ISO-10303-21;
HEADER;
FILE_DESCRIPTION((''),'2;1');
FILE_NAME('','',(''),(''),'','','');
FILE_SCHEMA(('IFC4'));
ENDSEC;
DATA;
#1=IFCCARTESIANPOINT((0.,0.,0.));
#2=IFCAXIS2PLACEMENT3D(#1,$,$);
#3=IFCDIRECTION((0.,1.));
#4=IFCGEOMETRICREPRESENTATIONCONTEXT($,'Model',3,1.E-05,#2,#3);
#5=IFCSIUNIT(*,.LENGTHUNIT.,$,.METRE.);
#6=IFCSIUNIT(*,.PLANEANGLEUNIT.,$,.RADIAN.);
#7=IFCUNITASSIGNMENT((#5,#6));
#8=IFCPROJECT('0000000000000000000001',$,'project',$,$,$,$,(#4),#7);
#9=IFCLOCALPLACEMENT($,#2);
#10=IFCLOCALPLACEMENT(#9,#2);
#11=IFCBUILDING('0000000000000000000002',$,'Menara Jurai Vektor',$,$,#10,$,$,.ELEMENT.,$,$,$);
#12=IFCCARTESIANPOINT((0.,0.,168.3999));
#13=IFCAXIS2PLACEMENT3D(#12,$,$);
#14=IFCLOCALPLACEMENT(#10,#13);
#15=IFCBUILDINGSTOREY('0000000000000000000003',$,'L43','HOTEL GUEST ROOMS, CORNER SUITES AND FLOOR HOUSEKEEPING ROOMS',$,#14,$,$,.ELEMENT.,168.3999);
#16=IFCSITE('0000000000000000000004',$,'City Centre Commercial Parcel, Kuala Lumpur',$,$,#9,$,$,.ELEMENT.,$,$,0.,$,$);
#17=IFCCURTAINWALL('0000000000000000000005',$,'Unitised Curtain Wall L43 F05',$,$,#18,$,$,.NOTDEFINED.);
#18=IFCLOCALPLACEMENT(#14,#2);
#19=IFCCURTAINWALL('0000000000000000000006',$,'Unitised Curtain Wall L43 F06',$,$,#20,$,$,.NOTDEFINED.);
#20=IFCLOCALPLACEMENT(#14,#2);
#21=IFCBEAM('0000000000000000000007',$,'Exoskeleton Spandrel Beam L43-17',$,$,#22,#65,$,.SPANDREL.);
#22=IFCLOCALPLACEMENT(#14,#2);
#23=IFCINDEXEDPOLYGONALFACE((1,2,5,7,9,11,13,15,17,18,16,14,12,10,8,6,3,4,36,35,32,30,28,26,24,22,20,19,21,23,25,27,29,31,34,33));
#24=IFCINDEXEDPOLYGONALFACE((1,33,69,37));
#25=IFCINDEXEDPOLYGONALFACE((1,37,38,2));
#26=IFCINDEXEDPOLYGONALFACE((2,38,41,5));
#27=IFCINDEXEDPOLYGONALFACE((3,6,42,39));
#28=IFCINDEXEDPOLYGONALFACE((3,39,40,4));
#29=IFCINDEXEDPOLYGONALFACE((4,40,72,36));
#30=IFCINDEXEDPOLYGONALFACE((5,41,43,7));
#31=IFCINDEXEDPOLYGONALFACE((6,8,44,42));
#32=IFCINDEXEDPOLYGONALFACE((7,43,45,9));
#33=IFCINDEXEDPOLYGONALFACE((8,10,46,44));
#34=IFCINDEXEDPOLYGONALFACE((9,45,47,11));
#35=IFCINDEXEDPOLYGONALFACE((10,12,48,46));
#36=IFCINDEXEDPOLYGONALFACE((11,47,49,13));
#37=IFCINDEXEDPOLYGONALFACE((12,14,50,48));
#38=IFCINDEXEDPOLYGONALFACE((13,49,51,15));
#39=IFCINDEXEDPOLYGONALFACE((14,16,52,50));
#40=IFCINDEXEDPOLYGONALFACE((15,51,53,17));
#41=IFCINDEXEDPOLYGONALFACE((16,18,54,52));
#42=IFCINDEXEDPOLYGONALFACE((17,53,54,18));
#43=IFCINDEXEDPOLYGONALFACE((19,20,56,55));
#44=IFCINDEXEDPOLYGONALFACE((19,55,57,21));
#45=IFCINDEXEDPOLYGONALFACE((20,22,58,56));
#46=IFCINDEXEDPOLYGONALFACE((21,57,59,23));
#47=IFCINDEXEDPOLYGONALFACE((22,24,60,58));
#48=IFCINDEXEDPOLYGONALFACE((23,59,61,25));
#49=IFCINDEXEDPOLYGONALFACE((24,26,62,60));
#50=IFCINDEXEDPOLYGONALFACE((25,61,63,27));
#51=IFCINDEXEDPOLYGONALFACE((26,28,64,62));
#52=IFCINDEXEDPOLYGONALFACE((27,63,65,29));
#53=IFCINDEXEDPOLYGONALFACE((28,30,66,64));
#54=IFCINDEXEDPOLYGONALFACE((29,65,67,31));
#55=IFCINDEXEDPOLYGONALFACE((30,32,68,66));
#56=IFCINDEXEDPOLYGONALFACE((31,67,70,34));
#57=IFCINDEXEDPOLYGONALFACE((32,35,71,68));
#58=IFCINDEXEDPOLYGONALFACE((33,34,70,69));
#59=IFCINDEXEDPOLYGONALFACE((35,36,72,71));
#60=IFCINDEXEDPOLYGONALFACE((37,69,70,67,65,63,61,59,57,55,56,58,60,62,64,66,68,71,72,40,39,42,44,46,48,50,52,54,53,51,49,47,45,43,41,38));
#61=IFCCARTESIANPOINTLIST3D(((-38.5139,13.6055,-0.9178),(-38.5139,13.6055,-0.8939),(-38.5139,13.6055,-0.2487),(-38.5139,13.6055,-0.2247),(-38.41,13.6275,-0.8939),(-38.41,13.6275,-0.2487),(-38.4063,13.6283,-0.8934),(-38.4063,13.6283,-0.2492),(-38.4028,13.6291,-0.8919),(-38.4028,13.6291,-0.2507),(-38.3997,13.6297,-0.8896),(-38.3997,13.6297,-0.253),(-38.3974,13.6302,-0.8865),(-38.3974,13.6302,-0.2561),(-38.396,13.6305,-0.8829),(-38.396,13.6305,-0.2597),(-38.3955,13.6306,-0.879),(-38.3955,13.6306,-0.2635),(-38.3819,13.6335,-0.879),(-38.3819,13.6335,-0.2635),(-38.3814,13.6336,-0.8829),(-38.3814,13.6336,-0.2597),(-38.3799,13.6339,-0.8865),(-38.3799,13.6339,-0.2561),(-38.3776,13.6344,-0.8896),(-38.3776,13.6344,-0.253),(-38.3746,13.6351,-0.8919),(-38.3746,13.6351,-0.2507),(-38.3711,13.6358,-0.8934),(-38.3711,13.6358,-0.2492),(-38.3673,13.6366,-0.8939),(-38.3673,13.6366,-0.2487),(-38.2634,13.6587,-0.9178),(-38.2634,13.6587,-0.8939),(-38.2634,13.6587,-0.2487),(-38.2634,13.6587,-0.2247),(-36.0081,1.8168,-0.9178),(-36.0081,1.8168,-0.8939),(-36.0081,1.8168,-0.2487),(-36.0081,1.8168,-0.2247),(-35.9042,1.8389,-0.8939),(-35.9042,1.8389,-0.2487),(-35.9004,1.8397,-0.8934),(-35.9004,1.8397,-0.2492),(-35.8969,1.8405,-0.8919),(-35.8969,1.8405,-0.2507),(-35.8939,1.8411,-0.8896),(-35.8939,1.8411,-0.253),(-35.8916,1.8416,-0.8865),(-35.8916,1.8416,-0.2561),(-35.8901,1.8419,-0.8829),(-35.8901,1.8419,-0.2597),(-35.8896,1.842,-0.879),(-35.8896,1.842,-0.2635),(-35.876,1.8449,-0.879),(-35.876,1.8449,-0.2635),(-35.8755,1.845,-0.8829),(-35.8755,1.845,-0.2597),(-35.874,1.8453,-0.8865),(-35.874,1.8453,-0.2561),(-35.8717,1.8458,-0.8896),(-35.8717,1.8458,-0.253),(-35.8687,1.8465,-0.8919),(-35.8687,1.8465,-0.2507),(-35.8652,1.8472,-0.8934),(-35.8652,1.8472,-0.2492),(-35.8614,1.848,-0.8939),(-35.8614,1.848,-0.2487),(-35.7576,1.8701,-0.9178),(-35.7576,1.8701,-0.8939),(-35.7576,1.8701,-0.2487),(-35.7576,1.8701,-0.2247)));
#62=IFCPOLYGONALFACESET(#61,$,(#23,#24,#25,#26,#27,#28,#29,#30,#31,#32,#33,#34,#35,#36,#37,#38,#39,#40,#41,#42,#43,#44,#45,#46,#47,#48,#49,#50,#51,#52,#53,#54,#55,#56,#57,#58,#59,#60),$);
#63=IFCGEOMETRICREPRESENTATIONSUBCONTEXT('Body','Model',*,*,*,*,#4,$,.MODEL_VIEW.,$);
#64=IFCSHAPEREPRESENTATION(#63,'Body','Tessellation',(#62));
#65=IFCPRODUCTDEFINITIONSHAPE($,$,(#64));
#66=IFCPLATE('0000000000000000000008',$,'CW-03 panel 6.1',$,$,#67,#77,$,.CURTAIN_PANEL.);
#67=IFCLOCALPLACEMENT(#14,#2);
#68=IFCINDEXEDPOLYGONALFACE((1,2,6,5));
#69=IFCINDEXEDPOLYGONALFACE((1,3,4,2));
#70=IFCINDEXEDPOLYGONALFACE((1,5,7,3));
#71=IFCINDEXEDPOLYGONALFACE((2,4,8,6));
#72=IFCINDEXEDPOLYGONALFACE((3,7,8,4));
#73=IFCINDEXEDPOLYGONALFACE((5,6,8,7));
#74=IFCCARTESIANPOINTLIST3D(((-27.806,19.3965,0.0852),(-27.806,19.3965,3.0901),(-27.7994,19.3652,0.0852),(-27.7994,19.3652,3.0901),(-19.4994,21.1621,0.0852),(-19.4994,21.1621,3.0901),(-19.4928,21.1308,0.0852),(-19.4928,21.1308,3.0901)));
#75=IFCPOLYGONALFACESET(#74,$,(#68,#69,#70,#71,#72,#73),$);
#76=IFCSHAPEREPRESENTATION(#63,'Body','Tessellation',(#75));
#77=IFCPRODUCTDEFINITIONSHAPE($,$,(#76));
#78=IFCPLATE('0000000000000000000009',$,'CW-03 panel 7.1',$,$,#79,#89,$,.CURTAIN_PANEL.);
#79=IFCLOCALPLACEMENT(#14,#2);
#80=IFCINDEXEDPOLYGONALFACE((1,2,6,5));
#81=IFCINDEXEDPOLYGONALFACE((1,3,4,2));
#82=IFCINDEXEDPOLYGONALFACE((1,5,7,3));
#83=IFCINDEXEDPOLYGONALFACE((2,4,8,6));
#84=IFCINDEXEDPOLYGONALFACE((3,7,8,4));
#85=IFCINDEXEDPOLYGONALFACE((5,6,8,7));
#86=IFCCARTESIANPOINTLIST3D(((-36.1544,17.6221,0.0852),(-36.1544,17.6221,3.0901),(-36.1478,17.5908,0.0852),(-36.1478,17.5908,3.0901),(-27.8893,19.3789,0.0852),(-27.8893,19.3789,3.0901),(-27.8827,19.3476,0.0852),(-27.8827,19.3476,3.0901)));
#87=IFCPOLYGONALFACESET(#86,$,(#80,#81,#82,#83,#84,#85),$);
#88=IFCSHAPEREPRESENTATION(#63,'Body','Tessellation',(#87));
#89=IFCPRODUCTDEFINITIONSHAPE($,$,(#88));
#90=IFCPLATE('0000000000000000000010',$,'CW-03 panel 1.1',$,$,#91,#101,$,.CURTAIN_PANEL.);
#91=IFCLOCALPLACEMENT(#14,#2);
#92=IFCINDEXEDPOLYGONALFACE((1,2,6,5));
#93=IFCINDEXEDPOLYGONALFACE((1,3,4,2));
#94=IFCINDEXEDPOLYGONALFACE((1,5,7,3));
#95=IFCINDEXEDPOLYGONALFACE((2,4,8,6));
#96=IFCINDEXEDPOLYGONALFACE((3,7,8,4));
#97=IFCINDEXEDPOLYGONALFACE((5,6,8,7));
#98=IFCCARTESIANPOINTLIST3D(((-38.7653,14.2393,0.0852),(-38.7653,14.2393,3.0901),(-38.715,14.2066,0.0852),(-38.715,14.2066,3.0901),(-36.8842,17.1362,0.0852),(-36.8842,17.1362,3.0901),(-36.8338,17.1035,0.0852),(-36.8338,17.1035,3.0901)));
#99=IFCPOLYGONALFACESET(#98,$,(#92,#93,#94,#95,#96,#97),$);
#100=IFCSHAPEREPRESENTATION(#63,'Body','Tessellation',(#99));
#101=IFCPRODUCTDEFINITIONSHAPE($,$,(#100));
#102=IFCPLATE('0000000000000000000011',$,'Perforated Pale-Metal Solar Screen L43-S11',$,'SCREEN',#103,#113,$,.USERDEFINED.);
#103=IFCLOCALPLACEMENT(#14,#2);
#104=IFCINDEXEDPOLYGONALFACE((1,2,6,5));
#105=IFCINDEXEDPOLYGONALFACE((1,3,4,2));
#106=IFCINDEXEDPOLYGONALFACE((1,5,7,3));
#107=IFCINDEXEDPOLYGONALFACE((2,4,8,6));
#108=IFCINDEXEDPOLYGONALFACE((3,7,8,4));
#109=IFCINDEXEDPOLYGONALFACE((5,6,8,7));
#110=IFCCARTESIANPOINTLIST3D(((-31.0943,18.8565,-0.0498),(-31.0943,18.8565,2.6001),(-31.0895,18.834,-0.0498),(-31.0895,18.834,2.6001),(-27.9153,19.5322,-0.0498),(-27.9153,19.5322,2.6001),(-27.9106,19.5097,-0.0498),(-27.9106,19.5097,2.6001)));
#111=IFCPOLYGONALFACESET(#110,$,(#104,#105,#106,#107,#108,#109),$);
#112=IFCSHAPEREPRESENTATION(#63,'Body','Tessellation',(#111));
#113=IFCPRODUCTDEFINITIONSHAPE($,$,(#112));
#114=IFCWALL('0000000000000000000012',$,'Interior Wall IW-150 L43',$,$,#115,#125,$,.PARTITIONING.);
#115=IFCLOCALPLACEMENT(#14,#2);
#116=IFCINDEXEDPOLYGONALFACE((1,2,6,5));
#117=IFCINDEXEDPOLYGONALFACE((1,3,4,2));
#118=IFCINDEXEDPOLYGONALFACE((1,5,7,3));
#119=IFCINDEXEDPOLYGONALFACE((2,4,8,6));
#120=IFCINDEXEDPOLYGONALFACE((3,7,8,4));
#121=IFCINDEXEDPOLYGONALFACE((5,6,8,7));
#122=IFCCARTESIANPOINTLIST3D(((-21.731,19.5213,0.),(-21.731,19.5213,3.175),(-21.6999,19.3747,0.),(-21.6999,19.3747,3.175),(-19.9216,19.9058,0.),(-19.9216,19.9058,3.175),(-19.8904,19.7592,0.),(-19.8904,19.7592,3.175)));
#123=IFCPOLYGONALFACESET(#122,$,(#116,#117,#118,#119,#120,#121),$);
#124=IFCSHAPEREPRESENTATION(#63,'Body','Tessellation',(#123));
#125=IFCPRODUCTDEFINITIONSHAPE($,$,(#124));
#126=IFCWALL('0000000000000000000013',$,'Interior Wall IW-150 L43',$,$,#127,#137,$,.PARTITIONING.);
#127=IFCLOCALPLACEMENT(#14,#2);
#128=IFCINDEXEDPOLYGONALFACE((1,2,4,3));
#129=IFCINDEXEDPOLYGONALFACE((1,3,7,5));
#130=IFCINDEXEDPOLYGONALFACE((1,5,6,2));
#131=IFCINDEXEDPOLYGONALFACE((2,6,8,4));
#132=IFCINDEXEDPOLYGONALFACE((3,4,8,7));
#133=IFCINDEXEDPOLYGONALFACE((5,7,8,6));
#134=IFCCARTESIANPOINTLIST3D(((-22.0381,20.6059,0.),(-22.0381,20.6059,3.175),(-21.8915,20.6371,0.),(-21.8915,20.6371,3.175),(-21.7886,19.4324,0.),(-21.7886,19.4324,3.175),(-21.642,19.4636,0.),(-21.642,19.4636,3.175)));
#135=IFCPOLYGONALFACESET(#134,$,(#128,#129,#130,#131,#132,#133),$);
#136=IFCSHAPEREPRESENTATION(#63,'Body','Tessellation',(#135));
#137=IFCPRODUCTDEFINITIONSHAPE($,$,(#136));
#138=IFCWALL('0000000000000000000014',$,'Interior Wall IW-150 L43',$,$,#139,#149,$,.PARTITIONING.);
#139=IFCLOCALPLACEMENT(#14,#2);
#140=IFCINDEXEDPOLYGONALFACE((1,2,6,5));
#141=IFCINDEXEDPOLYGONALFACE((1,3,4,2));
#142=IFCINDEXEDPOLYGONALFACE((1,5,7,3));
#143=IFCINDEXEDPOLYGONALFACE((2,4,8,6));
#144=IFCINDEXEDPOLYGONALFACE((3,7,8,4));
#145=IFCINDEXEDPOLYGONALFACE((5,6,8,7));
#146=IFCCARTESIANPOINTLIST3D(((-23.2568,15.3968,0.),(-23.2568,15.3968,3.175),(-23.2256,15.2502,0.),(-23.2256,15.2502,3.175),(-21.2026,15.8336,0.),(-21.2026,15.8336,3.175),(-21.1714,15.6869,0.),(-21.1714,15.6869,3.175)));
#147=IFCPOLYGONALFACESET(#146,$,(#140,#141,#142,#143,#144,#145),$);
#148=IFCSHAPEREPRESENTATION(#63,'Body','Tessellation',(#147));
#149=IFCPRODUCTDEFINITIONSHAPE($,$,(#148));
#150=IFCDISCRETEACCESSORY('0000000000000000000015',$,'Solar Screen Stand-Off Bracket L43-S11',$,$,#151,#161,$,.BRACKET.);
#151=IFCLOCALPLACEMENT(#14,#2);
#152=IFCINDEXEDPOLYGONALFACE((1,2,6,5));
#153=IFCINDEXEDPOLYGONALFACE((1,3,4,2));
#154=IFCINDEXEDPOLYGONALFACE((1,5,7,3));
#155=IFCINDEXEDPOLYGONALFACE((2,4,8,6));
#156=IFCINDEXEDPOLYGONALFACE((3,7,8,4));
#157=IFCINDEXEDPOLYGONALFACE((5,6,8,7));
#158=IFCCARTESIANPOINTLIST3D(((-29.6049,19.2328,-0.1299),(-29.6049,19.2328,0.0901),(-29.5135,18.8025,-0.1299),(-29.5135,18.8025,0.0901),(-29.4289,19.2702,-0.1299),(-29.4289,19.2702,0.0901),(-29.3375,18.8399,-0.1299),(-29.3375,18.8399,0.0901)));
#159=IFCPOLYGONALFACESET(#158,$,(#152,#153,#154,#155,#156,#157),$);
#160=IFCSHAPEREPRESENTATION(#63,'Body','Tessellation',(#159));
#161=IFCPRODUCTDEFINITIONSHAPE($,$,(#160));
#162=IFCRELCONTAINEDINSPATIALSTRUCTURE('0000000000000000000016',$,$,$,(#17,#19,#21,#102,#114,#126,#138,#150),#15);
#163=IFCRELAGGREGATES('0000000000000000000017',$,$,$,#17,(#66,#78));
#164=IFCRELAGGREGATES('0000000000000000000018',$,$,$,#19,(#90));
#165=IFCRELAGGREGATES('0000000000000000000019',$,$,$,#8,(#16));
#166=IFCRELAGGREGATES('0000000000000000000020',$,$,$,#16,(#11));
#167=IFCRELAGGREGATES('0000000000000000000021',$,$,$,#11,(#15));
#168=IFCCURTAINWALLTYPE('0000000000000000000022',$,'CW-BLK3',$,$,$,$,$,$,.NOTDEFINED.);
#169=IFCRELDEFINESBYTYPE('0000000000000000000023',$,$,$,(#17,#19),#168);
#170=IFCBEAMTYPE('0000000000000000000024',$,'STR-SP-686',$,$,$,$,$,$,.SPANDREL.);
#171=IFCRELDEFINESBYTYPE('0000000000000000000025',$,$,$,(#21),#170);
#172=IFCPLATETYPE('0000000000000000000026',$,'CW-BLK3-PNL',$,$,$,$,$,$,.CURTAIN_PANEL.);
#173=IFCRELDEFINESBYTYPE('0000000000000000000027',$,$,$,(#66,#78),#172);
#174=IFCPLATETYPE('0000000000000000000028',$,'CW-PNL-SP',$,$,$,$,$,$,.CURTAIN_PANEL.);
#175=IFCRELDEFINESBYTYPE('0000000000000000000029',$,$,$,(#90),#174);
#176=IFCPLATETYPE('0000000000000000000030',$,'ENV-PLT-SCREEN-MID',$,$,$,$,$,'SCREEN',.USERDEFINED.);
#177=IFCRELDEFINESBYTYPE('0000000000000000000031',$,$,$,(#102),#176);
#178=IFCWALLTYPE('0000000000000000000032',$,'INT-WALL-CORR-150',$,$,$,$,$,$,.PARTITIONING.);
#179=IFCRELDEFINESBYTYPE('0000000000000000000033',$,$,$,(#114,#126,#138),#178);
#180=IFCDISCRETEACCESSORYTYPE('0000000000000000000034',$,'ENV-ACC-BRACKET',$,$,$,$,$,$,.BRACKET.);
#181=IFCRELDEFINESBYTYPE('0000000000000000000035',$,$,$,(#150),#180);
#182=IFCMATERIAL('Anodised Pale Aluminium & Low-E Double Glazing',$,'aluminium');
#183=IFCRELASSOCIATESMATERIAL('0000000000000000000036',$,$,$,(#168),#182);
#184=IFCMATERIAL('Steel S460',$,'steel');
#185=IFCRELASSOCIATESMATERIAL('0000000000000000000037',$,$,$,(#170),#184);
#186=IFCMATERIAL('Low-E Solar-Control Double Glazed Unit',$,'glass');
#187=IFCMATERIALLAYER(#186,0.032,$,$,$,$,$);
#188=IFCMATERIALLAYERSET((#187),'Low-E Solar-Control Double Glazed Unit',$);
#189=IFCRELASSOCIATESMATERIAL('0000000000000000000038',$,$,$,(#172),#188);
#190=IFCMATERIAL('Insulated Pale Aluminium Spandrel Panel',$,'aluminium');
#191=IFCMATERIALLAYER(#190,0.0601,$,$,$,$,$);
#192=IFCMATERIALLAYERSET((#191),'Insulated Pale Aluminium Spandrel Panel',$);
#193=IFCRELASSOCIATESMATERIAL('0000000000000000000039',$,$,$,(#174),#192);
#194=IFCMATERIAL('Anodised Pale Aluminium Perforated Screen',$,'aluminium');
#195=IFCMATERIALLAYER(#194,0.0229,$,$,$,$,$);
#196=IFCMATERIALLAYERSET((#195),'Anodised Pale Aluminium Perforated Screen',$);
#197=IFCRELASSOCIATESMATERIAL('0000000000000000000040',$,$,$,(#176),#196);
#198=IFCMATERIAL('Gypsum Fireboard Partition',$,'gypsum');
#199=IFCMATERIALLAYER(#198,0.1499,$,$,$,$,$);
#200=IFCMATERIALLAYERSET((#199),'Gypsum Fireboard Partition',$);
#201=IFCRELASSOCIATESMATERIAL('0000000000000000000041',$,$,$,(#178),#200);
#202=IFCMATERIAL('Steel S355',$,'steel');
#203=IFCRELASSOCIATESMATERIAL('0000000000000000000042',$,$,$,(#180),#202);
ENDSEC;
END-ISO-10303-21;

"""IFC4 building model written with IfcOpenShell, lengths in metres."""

from ifc_helpers import new_model, si_unit, direction, frame, frame_2d, origin, origin_2d, place, context, subcontext, project, spatial, rectangle, i_section, extrude, material, layer, layer_set, material_profile, profile_set, type_object, element, aggregate, save


model = new_model("IFC4")

# Units and contexts
model_context = context("Model", 3, precision=1e-05, world=origin(), true_north=direction((0.0, 1.0)))
body_context = subcontext(model_context, "Body", "Model", "MODEL_VIEW")
ifc_project = project(units=[si_unit("LENGTHUNIT", "METRE"), si_unit("PLANEANGLEUNIT", "RADIAN")], contexts=[model_context])

# Site, building, storey
site_placement = place(None, origin())
site = spatial("IfcSite", under=ifc_project, at=site_placement, Name="City Centre Commercial Parcel, Kuala Lumpur", CompositionType="ELEMENT", RefElevation=0.0)
building_placement = place(site_placement, origin())
building = spatial("IfcBuilding", under=site, at=building_placement, Name="Menara Jurai Vektor", CompositionType="ELEMENT")
storey_placement = place(building_placement, frame((0.0, 0.0, 168.3999)))
storey = spatial("IfcBuildingStorey", under=building, at=storey_placement, Name="L43", Description="HOTEL GUEST ROOMS, CORNER SUITES AND FLOOR HOUSEKEEPING ROOMS", CompositionType="ELEMENT", Elevation=168.3999)

# Shared definitions
ifc_material_1 = material(Name="Steel S460", Category="steel")

# Curtain walls
ifc_material_2 = material(Name="Anodised Pale Aluminium & Low-E Double Glazing", Category="aluminium")
curtain_wall_type = type_object("IfcCurtainWallType", Name="CW-BLK3", PredefinedType="NOTDEFINED", material=ifc_material_2)
curtain_wall_1_placement = place(storey_placement, origin())
curtain_wall_1 = element("IfcCurtainWall", 1, at=curtain_wall_1_placement, inside=storey, type_object=curtain_wall_type, Name="Unitised Curtain Wall L43 F05", PredefinedType="NOTDEFINED")
curtain_wall_2_placement = place(storey_placement, origin())
curtain_wall_2 = element("IfcCurtainWall", 2, at=curtain_wall_2_placement, inside=storey, type_object=curtain_wall_type, Name="Unitised Curtain Wall L43 F06", PredefinedType="NOTDEFINED")

# Shared definitions
ifc_material_3 = material(Name="Steel S355", Category="steel")

# Beam
ifc_material_profile_1 = material_profile(ifc_material_1, i_section(OverallWidth=0.2561, OverallDepth=0.6931, WebThickness=0.0139, FlangeThickness=0.0239, FilletRadius=0.0149, at=origin_2d()), Name="UKB 686x254x170")
ifc_profile_set_1 = profile_set([ifc_material_profile_1], Name="Steel S460")
beam_type_1 = type_object("IfcBeamType", Name="STR-SP-686", PredefinedType="SPANDREL", material=ifc_profile_set_1)
beam_1_placement = place(storey_placement, frame((-38.3887, 13.6321, -0.5713), z_axis=(0.207921, -0.978146, 0.0), x_axis=(0.978146, 0.207921, 0.0)))
element("IfcBeam", 3, at=beam_1_placement, inside=storey, type_object=beam_type_1, Name="Exoskeleton Spandrel Beam L43-17", PredefinedType="SPANDREL", context=body_context, shape_type="SweptSolid", body=[
    extrude(i_section(OverallWidth=0.2561, OverallDepth=0.6931, WebThickness=0.0139, FlangeThickness=0.0239, FilletRadius=0.0149, at=origin_2d()), origin(), (0.0, 0.0, 1.0), 12.052),
])

# Plates
ifc_material_4 = material(Name="Low-E Solar-Control Double Glazed Unit", Category="glass")
ifc_layer_1 = layer(ifc_material_4, 0.032)
ifc_layer_set_1 = layer_set([ifc_layer_1], Name="Low-E Solar-Control Double Glazed Unit")
plate_type_1 = type_object("IfcPlateType", Name="CW-BLK3-PNL", PredefinedType="CURTAIN_PANEL", material=ifc_layer_set_1)
plate_1_placement = place(storey_placement, frame((-23.6494, 20.2637, 0.0852), z_axis=(0.0, 0.0, 1.0), x_axis=(-0.978148, -0.207911, 0.0)))
plate_1 = element("IfcPlate", 4, at=plate_1_placement, type_object=plate_type_1, Name="CW-03 panel 6.1", PredefinedType="CURTAIN_PANEL", context=body_context, shape_type="SweptSolid", body=[
    extrude(rectangle(XDim=8.4922, YDim=0.032, at=origin_2d()), origin(), (0.0, 0.0, 1.0), 3.0049),
])
plate_2_placement = place(storey_placement, frame((-32.0186, 18.4849, 0.0852), z_axis=(0.0, 0.0, 1.0), x_axis=(-0.978148, -0.207911, 0.0)))
plate_2 = element("IfcPlate", 5, at=plate_2_placement, type_object=plate_type_1, Name="CW-03 panel 7.1", PredefinedType="CURTAIN_PANEL", context=body_context, shape_type="SweptSolid", body=[
    extrude(rectangle(XDim=8.4497, YDim=0.032, at=origin_2d()), origin(), (0.0, 0.0, 1.0), 3.0049),
])
aggregate(curtain_wall_1, [plate_1, plate_2])
ifc_material_5 = material(Name="Insulated Pale Aluminium Spandrel Panel", Category="aluminium")
ifc_layer_2 = layer(ifc_material_5, 0.0601)
ifc_layer_set_2 = layer_set([ifc_layer_2], Name="Insulated Pale Aluminium Spandrel Panel")
plate_type_2 = type_object("IfcPlateType", Name="CW-PNL-SP", PredefinedType="CURTAIN_PANEL", material=ifc_layer_set_2)
plate_3_placement = place(storey_placement, frame((-37.7996, 15.6714, 0.0852), z_axis=(0.0, 0.0, 1.0), x_axis=(-0.544618, -0.838684, 0.0)))
plate_3 = element("IfcPlate", 6, at=plate_3_placement, type_object=plate_type_2, Name="CW-03 panel 1.1", PredefinedType="CURTAIN_PANEL", context=body_context, shape_type="SweptSolid", body=[
    extrude(rectangle(XDim=3.4541, YDim=0.0601, at=origin_2d()), origin(), (0.0, 0.0, 1.0), 3.0049),
])
aggregate(curtain_wall_2, [plate_3])
ifc_material_6 = material(Name="Anodised Pale Aluminium Perforated Screen", Category="aluminium")
ifc_layer_3 = layer(ifc_material_6, 0.0229)
ifc_layer_set_3 = layer_set([ifc_layer_3], Name="Anodised Pale Aluminium Perforated Screen")
plate_type_3 = type_object("IfcPlateType", Name="ENV-PLT-SCREEN-MID", ElementType="SCREEN", PredefinedType="USERDEFINED", material=ifc_layer_set_3)
plate_4_placement = place(storey_placement, frame((-29.5024, 19.1831, -0.0498), z_axis=(0.0, 0.0, 1.0), x_axis=(-0.978148, -0.207912, 0.0)))
element("IfcPlate", 7, at=plate_4_placement, inside=storey, type_object=plate_type_3, Name="Perforated Pale-Metal Solar Screen L43-S11", ObjectType="SCREEN", PredefinedType="USERDEFINED", context=body_context, shape_type="SweptSolid", body=[
    extrude(rectangle(XDim=3.25, YDim=0.0229, at=origin_2d()), origin(), (0.0, 0.0, 1.0), 2.6499),
])

# Wall
ifc_material_7 = material(Name="Gypsum Fireboard Partition", Category="gypsum")
ifc_layer_4 = layer(ifc_material_7, 0.1499)
ifc_layer_set_4 = layer_set([ifc_layer_4], Name="Gypsum Fireboard Partition")
wall_type = type_object("IfcWallType", Name="INT-WALL-CORR-150", PredefinedType="PARTITIONING", material=ifc_layer_set_4)
wall_1_placement = place(storey_placement, frame((-21.7153, 19.448, 0.0), z_axis=(0.0, 0.0, 1.0), x_axis=(0.97816, 0.207852, 0.0)))
element("IfcWall", 8, at=wall_1_placement, inside=storey, type_object=wall_type, Name="Interior Wall IW-150 L43", PredefinedType="PARTITIONING", context=body_context, shape_type="SweptSolid", body=[
    extrude(rectangle(XDim=1.8499, YDim=0.1499, at=frame_2d((0.9248, 0.0))), origin(), (0.0, 0.0, 1.0), 3.175),
])

# Walls
wall_2_placement = place(storey_placement, frame((-21.7153, 19.448, 0.0), z_axis=(0.0, 0.0, 1.0), x_axis=(-0.207959, 0.978138, 0.0)))
element("IfcWall", 9, at=wall_2_placement, inside=storey, type_object=wall_type, Name="Interior Wall IW-150 L43", PredefinedType="PARTITIONING", context=body_context, shape_type="SweptSolid", body=[
    extrude(rectangle(XDim=1.1997, YDim=0.1499, at=frame_2d((0.5999, 0.0))), origin(), (0.0, 0.0, 1.0), 3.175),
])
wall_3_placement = place(storey_placement, frame((-23.2412, 15.3235, 0.0), z_axis=(0.0, 0.0, 1.0), x_axis=(0.978135, 0.207973, 0.0)))
element("IfcWall", 10, at=wall_3_placement, inside=storey, type_object=wall_type, Name="Interior Wall IW-150 L43", PredefinedType="PARTITIONING", context=body_context, shape_type="SweptSolid", body=[
    extrude(rectangle(XDim=2.1001, YDim=0.1499, at=frame_2d((1.05, 0.0))), origin(), (0.0, 0.0, 1.0), 3.175),
])

# Discrete accessory
discrete_accessory_type = type_object("IfcDiscreteAccessoryType", Name="ENV-ACC-BRACKET", PredefinedType="BRACKET", material=ifc_material_3)
discrete_accessory_placement = place(storey_placement, frame((-29.4712, 19.0364, -0.1299), z_axis=(0.0, 0.0, 1.0), x_axis=(-0.978148, -0.207912, 0.0)))
element("IfcDiscreteAccessory", 11, at=discrete_accessory_placement, inside=storey, type_object=discrete_accessory_type, Name="Solar Screen Stand-Off Bracket L43-S11", PredefinedType="BRACKET", context=body_context, shape_type="SweptSolid", body=[
    extrude(rectangle(XDim=0.1799, YDim=0.4399, at=origin_2d()), origin(), (0.0, 0.0, 1.0), 0.22),
])

save(model, "model.ifc")
